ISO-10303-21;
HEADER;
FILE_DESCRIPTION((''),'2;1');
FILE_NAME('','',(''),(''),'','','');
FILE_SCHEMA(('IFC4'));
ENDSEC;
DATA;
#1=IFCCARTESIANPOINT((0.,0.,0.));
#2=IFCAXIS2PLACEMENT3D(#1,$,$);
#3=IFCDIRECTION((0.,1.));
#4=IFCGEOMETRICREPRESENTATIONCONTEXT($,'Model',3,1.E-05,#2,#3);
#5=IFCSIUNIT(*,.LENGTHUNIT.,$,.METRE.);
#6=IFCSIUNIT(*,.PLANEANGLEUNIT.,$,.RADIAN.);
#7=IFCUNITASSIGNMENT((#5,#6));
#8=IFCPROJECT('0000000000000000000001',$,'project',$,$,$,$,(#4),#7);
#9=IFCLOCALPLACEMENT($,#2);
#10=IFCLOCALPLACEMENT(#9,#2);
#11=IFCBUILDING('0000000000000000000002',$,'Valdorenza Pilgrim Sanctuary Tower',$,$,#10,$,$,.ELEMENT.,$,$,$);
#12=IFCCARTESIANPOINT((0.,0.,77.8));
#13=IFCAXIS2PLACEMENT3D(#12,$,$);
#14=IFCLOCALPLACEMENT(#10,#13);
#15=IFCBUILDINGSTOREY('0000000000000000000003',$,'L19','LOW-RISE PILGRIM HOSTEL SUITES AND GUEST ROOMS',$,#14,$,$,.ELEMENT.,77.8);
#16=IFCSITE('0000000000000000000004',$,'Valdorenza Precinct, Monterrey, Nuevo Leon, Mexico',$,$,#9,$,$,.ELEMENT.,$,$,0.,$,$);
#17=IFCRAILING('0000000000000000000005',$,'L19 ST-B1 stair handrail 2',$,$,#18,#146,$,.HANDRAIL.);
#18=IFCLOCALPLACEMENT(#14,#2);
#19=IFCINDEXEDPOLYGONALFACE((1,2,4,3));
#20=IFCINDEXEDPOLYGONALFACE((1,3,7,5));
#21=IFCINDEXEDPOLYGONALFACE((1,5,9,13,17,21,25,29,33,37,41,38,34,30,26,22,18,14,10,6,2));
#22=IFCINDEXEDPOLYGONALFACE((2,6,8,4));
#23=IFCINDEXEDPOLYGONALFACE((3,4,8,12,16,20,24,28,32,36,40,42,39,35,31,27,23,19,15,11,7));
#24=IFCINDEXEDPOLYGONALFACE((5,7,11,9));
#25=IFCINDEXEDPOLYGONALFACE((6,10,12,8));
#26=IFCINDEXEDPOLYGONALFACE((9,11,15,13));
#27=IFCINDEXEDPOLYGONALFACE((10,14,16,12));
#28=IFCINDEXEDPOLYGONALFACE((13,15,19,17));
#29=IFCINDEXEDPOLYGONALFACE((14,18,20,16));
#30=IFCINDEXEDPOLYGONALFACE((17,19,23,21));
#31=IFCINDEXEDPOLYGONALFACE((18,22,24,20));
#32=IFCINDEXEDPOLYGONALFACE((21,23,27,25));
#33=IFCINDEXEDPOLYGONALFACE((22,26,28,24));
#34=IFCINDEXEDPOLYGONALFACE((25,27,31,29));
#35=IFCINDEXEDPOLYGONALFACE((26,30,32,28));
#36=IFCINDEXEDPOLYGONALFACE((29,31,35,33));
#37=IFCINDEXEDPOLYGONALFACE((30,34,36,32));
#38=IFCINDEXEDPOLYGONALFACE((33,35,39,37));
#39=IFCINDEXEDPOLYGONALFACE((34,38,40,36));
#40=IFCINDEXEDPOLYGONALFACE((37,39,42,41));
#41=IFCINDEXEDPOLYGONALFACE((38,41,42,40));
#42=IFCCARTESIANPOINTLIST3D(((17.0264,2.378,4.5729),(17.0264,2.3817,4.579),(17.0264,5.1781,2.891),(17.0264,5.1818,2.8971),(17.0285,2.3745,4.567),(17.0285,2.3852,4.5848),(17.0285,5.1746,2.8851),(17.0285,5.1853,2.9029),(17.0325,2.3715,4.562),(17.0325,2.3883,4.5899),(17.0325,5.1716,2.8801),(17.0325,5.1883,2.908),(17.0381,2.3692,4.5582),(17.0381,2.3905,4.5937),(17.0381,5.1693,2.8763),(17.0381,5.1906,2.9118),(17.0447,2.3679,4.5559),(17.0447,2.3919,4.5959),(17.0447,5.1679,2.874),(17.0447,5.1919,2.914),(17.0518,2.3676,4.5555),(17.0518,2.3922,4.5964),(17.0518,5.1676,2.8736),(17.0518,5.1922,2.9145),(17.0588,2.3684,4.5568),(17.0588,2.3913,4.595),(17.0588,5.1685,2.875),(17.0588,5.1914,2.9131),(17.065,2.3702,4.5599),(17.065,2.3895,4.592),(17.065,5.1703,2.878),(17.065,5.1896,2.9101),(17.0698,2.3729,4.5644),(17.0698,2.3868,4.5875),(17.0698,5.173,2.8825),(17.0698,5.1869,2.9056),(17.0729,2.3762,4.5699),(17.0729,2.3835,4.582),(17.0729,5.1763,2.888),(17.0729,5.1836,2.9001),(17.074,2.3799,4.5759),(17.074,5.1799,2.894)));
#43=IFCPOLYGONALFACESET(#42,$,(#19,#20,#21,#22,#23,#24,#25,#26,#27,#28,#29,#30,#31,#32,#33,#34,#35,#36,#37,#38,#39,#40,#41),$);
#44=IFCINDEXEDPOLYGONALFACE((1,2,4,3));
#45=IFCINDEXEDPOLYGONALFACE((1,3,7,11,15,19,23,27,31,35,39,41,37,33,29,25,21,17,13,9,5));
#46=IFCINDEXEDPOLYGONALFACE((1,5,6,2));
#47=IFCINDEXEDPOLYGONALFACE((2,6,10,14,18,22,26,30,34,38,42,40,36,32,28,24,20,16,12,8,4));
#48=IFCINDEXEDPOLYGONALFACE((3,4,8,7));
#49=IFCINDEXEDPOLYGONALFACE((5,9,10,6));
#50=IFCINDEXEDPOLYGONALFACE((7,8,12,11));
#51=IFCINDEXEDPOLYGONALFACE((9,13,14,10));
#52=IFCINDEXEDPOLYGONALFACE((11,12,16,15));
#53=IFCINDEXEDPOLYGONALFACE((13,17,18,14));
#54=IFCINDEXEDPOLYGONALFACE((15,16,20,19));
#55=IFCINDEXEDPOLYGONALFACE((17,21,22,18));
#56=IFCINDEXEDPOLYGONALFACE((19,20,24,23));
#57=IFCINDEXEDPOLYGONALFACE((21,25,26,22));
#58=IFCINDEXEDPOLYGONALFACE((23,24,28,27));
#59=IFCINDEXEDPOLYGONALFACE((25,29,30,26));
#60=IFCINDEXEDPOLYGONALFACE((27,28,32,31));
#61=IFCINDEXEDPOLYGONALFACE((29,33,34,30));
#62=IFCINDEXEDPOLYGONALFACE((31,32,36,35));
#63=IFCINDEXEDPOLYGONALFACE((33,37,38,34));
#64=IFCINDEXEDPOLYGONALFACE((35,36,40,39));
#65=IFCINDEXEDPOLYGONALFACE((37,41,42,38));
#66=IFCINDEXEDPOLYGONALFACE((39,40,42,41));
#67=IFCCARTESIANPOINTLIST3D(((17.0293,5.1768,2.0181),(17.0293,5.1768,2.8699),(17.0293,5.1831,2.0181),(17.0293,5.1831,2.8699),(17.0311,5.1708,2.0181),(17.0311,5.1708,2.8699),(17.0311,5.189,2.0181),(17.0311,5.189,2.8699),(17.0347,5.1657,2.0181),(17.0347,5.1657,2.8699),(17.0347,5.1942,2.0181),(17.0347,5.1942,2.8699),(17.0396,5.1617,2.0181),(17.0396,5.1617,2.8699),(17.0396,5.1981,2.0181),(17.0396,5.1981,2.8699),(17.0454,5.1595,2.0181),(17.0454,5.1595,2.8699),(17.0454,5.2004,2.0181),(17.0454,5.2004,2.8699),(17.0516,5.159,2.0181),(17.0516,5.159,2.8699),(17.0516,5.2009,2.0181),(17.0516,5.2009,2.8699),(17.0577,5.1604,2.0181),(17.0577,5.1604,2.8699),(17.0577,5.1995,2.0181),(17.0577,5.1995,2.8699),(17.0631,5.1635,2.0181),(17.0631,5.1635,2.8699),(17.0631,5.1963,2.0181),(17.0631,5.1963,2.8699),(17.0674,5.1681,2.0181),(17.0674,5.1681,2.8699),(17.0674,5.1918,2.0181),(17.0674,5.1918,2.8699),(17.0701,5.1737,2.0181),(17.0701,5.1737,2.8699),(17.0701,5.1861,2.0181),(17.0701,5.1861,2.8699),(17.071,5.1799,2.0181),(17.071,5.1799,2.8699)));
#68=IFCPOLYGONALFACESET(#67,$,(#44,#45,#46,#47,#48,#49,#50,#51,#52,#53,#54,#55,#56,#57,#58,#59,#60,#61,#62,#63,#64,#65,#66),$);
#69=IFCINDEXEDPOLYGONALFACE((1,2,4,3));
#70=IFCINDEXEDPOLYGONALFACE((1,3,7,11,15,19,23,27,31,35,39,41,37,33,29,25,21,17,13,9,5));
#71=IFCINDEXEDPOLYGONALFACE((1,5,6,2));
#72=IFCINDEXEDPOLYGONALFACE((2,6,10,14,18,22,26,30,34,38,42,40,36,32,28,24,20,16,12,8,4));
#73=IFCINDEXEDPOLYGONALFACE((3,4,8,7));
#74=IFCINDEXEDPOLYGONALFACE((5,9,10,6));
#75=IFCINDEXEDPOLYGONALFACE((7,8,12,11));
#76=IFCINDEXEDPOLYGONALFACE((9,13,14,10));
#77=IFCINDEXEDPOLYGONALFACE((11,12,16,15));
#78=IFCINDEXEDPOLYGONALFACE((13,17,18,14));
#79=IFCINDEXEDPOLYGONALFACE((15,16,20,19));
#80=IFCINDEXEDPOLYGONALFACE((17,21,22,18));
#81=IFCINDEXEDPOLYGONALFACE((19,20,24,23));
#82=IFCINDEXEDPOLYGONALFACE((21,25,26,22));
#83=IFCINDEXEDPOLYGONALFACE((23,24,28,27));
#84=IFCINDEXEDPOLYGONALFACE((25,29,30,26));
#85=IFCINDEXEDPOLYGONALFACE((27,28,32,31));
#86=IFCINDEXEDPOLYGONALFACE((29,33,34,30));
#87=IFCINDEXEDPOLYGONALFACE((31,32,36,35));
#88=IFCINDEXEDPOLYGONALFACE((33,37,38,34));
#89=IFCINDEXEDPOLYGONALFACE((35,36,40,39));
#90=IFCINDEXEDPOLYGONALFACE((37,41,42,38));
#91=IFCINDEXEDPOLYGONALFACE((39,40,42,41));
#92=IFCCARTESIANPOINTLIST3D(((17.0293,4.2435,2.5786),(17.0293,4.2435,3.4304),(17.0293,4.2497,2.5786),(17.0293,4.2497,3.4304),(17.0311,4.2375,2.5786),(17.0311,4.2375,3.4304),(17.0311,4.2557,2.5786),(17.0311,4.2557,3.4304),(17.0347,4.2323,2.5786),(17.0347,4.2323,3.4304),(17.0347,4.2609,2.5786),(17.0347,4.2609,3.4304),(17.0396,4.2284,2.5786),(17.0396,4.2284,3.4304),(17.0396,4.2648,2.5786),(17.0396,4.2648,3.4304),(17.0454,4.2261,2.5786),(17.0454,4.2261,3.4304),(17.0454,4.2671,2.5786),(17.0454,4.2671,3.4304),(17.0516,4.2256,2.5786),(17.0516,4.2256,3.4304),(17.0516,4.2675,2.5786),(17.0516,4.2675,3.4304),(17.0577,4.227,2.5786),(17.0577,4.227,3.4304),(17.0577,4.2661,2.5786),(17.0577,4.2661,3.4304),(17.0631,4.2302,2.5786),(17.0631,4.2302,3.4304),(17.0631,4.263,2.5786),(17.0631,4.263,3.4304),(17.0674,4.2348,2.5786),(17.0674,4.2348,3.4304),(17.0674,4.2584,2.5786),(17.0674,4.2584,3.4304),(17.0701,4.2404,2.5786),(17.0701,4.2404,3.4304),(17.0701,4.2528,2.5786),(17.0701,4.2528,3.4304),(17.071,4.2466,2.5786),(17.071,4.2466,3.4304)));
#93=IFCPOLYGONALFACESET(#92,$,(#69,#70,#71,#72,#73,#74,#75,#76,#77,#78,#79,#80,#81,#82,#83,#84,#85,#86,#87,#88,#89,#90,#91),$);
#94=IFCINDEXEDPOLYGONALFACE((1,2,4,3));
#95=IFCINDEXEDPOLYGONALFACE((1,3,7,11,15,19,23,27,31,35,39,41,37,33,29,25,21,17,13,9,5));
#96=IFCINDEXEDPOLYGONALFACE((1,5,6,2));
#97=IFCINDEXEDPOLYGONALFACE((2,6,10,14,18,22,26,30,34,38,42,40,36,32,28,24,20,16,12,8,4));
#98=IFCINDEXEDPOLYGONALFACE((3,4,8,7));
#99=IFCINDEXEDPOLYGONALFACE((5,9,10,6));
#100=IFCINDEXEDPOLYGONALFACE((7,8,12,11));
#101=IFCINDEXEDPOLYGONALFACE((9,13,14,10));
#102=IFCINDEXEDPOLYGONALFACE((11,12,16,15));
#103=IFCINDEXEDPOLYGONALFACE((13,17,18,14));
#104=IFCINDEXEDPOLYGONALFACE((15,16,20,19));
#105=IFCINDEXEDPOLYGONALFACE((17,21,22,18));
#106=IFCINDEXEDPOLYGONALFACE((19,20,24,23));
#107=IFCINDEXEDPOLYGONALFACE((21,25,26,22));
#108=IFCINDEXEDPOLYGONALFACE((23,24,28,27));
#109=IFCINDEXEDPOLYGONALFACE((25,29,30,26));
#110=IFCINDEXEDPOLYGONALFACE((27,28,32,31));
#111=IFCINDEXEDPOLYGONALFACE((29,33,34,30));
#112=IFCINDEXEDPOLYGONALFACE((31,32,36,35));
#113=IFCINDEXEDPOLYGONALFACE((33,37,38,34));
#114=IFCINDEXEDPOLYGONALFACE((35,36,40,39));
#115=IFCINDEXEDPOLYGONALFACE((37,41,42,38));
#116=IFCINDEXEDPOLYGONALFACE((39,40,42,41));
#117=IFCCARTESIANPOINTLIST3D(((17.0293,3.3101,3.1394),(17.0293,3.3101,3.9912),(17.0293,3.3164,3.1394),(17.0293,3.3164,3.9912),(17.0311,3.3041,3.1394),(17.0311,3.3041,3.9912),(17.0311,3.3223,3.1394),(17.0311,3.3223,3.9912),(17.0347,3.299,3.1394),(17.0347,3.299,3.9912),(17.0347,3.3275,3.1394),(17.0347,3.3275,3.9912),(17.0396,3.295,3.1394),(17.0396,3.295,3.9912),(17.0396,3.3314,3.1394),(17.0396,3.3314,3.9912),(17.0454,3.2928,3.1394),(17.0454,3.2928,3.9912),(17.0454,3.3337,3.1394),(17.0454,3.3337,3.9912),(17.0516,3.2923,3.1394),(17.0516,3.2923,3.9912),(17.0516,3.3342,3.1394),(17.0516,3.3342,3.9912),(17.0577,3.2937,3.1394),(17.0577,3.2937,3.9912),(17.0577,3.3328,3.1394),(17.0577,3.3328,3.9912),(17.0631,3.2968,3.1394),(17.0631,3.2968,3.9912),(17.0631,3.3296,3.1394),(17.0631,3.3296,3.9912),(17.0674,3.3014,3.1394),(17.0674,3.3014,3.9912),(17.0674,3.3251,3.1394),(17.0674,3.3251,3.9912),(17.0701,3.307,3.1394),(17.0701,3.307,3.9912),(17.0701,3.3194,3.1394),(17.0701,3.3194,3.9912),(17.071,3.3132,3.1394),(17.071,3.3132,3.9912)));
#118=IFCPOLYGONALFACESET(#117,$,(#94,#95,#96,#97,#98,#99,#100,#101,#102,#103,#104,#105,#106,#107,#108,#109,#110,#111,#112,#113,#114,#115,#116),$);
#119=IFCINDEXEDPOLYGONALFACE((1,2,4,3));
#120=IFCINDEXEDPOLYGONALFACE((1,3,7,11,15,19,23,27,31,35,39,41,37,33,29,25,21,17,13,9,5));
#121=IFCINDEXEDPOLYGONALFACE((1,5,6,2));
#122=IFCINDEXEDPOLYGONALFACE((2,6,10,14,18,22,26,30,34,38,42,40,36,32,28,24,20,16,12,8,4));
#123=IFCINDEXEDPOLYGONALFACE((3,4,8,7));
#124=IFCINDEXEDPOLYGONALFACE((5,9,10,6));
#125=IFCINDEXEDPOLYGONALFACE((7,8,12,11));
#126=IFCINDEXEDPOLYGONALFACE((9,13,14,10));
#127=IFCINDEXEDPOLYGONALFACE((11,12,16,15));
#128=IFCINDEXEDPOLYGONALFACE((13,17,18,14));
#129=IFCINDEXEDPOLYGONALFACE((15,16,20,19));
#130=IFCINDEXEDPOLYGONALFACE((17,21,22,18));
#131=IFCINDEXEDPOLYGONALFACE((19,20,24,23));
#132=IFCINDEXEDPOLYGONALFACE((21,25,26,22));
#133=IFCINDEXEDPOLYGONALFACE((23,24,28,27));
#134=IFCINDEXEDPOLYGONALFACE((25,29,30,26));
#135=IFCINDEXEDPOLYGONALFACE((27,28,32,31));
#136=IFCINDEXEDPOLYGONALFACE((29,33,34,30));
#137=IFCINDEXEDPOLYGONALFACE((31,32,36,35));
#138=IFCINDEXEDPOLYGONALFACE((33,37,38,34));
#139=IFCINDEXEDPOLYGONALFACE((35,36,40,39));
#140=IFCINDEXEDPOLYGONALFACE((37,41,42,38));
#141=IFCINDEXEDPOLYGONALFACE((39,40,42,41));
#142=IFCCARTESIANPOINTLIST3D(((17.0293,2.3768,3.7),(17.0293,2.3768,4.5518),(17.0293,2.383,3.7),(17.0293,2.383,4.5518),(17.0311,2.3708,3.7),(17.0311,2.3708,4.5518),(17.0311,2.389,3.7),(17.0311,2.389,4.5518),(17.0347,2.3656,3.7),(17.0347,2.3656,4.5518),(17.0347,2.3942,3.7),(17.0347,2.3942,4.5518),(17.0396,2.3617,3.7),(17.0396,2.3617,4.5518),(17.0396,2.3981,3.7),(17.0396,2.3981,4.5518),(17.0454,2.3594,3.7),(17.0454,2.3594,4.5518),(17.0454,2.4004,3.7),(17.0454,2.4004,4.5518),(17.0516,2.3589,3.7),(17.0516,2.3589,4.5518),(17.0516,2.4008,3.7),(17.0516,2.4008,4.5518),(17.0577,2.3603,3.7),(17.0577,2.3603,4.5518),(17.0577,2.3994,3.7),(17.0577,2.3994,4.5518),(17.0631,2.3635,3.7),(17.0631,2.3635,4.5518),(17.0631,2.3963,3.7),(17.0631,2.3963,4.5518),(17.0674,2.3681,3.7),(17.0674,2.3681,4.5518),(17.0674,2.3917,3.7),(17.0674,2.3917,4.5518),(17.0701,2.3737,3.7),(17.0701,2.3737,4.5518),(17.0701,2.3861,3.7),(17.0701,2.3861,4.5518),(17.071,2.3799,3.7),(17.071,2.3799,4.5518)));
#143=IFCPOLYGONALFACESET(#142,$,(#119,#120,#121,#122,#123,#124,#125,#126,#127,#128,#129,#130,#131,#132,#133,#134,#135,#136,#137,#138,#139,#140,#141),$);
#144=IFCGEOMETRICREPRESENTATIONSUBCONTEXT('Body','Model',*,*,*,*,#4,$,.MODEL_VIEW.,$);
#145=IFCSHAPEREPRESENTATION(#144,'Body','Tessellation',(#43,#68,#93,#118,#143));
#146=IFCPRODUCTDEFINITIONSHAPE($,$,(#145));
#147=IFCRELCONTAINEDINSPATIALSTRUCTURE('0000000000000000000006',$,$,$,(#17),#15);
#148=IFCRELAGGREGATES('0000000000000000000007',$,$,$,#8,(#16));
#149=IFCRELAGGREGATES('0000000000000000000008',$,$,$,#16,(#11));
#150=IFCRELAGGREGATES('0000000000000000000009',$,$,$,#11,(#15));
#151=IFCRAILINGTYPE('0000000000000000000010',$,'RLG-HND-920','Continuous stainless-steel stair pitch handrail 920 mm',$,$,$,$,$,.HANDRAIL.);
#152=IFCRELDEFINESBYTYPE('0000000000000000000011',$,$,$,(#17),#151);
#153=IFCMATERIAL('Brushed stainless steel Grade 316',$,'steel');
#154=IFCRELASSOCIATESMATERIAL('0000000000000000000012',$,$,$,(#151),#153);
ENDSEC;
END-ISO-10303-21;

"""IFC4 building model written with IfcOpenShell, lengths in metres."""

from ifc_helpers import new_model, si_unit, direction, frame, origin, origin_2d, place, context, subcontext, project, spatial, circle, extrude, material, type_object, element, save


model = new_model("IFC4")

# Units and contexts
model_context = context("Model", 3, precision=1e-05, world=origin(), true_north=direction((0.0, 1.0)))
body_context = subcontext(model_context, "Body", "Model", "MODEL_VIEW")
ifc_project = project(units=[si_unit("LENGTHUNIT", "METRE"), si_unit("PLANEANGLEUNIT", "RADIAN")], contexts=[model_context])

# Site, building, storey
site_placement = place(None, origin())
site = spatial("IfcSite", under=ifc_project, at=site_placement, Name="Valdorenza Precinct, Monterrey, Nuevo Leon, Mexico", CompositionType="ELEMENT", RefElevation=0.0)
building_placement = place(site_placement, origin())
building = spatial("IfcBuilding", under=site, at=building_placement, Name="Valdorenza Pilgrim Sanctuary Tower", CompositionType="ELEMENT")
storey_placement = place(building_placement, frame((0.0, 0.0, 77.8)))
storey = spatial("IfcBuildingStorey", under=building, at=storey_placement, Name="L19", Description="LOW-RISE PILGRIM HOSTEL SUITES AND GUEST ROOMS", CompositionType="ELEMENT", Elevation=77.8)

# Railing
ifc_material_1 = material(Name="Brushed stainless steel Grade 316", Category="steel")
railing_type_1 = type_object("IfcRailingType", Name="RLG-HND-920", Description="Continuous stainless-steel stair pitch handrail 920 mm", PredefinedType="HANDRAIL", material=ifc_material_1)
railing_1_placement = place(storey_placement, frame((17.05, 5.1799, 2.0181)))
element("IfcRailing", 1, at=railing_1_placement, inside=storey, type_object=railing_type_1, Name="L19 ST-B1 stair handrail 2", PredefinedType="HANDRAIL", context=body_context, shape_type="SweptSolid", body=[
    extrude(circle(Radius=0.0239, at=origin_2d()), frame((0.0, 0.0, 0.876), z_axis=(0.0, -0.857242, 0.514913), x_axis=(1.0, 0.0, 0.0)), (0.0, 0.0, 1.0), 3.2664),
    extrude(circle(Radius=0.021, at=origin_2d()), origin(), (0.0, 0.0, 1.0), 0.8518),
    extrude(circle(Radius=0.021, at=origin_2d()), frame((0.0, -0.9333, 0.5605)), (0.0, 0.0, 1.0), 0.8518),
    extrude(circle(Radius=0.021, at=origin_2d()), frame((0.0, -1.8667, 1.1213)), (0.0, 0.0, 1.0), 0.8518),
    extrude(circle(Radius=0.021, at=origin_2d()), frame((0.0, -2.8, 1.6819)), (0.0, 0.0, 1.0), 0.8518),
])

save(model, "model.ifc")
